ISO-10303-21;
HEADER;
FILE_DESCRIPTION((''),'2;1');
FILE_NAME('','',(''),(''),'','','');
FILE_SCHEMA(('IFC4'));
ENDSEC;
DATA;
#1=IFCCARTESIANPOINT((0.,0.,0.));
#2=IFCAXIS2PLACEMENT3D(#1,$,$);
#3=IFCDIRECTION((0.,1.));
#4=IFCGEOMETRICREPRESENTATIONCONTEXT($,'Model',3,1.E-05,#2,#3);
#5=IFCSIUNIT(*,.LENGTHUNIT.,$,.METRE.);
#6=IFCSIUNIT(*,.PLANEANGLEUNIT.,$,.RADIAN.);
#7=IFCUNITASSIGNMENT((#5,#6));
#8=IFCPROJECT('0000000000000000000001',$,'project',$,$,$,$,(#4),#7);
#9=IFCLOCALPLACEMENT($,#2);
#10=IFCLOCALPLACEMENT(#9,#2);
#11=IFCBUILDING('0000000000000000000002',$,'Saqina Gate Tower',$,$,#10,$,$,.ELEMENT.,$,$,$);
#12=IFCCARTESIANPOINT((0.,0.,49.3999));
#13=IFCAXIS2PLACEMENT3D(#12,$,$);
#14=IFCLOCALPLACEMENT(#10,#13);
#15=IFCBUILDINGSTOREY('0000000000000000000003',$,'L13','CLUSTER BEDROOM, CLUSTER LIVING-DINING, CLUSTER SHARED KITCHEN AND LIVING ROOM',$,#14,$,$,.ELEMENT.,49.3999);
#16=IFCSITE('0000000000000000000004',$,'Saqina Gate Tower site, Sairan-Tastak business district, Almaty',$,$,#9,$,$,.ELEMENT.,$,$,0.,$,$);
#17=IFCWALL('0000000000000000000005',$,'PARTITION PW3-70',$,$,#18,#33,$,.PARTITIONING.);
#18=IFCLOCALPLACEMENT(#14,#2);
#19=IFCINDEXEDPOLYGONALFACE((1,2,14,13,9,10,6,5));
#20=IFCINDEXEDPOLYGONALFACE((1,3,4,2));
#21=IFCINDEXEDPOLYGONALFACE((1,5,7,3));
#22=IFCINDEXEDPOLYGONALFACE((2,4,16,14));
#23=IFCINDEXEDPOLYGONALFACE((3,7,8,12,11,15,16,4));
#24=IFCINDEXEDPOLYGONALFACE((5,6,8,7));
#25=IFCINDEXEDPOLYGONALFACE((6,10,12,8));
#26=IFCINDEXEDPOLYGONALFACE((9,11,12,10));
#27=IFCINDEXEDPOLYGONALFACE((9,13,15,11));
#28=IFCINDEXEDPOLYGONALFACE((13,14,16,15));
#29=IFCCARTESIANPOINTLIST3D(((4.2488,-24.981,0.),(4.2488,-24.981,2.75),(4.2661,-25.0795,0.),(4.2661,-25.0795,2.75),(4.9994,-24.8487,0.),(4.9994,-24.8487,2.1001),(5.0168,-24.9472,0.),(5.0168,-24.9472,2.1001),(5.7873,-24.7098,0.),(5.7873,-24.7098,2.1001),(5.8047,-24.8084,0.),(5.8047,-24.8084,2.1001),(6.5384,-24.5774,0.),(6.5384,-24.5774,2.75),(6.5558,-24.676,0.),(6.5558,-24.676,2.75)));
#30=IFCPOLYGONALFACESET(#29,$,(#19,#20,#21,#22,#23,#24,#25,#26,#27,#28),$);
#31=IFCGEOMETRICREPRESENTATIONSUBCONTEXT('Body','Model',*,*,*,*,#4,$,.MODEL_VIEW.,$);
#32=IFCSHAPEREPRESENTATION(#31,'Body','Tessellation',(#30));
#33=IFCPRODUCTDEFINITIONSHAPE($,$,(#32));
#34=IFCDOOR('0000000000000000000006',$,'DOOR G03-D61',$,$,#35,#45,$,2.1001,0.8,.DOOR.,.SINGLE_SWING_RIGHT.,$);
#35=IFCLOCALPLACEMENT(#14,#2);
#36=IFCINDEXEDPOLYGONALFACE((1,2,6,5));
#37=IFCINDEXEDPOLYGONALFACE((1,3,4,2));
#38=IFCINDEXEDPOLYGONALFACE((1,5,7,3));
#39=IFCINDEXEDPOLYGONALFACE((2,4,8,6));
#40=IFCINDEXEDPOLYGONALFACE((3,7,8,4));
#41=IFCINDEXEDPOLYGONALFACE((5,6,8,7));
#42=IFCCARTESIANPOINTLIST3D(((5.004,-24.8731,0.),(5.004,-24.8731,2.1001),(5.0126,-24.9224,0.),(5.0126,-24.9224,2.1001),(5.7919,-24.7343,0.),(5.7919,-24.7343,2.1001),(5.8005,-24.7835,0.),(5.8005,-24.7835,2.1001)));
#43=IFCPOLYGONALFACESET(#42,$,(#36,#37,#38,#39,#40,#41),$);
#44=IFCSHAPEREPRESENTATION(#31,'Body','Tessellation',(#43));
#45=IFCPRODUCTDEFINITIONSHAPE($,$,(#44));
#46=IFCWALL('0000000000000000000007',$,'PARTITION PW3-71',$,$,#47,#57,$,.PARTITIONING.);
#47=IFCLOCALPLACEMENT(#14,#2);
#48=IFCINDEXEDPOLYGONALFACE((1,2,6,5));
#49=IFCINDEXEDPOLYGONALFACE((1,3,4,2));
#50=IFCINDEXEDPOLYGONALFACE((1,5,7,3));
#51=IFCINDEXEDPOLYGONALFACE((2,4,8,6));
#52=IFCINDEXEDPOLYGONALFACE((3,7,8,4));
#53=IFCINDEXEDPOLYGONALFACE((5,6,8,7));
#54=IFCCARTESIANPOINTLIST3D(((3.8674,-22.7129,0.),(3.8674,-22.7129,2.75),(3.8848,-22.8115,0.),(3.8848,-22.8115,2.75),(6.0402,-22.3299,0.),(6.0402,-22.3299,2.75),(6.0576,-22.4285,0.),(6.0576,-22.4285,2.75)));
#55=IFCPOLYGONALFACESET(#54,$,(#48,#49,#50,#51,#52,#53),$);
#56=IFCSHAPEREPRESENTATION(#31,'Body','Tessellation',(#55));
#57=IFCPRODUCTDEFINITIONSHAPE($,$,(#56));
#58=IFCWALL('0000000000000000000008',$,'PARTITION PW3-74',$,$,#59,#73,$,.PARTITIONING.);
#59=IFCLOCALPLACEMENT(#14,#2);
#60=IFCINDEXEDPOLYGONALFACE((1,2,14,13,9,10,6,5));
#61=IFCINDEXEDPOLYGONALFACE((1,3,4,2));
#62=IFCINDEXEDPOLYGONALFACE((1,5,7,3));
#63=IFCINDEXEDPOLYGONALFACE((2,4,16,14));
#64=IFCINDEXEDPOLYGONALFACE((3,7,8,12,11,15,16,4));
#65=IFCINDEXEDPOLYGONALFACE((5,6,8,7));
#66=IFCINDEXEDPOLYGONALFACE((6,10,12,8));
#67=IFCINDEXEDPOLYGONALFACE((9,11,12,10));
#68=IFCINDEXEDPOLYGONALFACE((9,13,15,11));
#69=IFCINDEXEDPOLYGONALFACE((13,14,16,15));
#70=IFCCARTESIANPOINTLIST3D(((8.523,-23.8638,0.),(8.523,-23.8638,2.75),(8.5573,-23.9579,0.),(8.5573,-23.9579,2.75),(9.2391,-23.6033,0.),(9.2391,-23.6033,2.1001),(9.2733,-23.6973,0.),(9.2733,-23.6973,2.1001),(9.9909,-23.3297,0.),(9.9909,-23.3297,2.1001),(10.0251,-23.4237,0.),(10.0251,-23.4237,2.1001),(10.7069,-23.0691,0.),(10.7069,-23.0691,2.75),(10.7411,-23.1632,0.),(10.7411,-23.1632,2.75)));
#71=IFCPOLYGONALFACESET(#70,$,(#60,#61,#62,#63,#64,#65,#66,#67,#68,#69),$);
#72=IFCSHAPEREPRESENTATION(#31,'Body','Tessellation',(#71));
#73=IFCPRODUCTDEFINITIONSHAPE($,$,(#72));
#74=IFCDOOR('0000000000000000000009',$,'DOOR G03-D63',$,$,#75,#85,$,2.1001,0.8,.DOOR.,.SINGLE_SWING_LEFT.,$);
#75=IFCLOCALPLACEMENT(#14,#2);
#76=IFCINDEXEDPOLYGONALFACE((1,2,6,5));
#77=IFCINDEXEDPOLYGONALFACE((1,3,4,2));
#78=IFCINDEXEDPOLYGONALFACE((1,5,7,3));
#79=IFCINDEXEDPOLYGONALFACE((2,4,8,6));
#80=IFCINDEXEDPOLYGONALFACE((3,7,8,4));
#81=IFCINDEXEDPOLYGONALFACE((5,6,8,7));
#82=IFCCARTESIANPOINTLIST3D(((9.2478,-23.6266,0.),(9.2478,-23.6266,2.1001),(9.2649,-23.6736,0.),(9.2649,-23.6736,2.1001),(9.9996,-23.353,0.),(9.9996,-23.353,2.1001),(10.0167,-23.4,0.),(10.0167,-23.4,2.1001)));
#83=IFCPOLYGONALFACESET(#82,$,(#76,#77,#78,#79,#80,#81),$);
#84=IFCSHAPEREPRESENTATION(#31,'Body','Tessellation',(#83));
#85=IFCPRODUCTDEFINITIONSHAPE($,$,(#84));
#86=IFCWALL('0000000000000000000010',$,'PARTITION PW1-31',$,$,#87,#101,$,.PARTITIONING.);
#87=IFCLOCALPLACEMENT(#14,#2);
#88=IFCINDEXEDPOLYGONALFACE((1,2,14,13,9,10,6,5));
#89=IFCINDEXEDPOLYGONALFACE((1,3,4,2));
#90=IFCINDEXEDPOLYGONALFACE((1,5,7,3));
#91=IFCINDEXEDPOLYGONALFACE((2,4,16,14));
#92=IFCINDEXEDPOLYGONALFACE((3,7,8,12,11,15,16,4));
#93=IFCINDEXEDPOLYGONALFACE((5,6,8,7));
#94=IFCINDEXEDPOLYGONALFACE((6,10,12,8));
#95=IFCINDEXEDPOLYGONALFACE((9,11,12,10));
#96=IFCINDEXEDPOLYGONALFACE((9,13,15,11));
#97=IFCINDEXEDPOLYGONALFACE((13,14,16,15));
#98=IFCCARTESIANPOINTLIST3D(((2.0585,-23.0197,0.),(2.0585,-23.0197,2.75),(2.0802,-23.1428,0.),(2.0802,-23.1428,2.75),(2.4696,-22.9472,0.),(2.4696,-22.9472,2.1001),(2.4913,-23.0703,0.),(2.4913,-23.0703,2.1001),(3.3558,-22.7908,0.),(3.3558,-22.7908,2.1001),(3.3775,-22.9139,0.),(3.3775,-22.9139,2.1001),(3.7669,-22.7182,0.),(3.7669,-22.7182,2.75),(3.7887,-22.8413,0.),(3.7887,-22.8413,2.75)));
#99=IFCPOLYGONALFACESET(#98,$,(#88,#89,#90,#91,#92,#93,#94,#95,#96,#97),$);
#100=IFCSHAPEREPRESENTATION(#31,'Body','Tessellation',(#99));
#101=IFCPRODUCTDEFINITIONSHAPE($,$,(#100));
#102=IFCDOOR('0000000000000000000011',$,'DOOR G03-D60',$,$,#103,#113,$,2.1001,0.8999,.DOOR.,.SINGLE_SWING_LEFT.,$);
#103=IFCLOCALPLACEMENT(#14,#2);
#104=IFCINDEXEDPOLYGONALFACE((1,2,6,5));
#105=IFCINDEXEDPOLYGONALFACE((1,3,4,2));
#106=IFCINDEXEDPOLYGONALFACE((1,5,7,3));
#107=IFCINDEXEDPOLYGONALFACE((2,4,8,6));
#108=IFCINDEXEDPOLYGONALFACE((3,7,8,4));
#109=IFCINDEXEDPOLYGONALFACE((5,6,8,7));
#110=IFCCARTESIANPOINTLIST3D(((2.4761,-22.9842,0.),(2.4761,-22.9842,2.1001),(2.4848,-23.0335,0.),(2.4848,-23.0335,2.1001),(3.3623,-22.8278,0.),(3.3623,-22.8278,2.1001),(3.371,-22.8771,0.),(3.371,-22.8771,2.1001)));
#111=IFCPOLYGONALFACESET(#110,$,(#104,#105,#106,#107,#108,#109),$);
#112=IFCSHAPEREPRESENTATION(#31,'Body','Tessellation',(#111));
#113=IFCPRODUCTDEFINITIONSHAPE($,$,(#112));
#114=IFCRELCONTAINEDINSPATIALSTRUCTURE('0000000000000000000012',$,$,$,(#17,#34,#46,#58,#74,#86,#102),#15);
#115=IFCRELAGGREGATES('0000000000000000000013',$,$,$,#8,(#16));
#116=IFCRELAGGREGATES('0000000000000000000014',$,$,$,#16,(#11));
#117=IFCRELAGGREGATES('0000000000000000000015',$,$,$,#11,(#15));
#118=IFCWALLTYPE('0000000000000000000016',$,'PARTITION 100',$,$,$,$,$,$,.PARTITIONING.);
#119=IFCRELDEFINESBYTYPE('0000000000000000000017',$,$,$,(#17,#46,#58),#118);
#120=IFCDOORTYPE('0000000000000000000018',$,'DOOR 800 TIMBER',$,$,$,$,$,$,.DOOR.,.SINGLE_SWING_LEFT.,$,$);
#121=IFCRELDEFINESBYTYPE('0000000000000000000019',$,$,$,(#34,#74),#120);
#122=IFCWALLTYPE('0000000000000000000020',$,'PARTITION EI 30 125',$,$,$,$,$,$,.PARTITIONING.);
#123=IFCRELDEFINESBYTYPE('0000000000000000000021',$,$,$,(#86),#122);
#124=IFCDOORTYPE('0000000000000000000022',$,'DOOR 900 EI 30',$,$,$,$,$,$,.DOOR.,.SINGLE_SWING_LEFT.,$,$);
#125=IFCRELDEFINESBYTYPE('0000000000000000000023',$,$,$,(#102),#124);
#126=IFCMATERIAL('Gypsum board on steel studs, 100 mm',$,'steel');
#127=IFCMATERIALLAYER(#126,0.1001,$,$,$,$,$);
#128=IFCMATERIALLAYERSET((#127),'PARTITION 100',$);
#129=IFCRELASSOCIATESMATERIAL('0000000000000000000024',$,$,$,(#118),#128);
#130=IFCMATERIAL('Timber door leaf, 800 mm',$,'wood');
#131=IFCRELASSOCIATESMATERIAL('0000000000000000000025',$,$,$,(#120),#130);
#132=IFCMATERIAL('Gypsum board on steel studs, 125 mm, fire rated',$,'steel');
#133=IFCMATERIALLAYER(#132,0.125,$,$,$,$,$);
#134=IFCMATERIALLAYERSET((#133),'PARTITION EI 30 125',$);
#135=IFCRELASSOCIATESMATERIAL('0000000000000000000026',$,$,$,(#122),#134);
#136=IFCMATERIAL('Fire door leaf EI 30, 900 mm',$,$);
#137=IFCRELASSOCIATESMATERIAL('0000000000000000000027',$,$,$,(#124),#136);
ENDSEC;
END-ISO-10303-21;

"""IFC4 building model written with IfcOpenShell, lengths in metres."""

from ifc_helpers import new_model, si_unit, direction, frame, frame_2d, origin, place, context, subcontext, project, spatial, rectangle, extrude, material, layer, layer_set, type_object, element, fill, save


model = new_model("IFC4")

# Units and contexts
model_context = context("Model", 3, precision=1e-05, world=origin(), true_north=direction((0.0, 1.0)))
body_context = subcontext(model_context, "Body", "Model", "MODEL_VIEW")
ifc_project = project(units=[si_unit("LENGTHUNIT", "METRE"), si_unit("PLANEANGLEUNIT", "RADIAN")], contexts=[model_context])

# Site, building, storey
site_placement = place(None, origin())
site = spatial("IfcSite", under=ifc_project, at=site_placement, Name="Saqina Gate Tower site, Sairan-Tastak business district, Almaty", CompositionType="ELEMENT", RefElevation=0.0)
building_placement = place(site_placement, origin())
building = spatial("IfcBuilding", under=site, at=building_placement, Name="Saqina Gate Tower", CompositionType="ELEMENT")
storey_placement = place(building_placement, frame((0.0, 0.0, 49.3999)))
storey = spatial("IfcBuildingStorey", under=building, at=storey_placement, Name="L13", Description="CLUSTER BEDROOM, CLUSTER LIVING-DINING, CLUSTER SHARED KITCHEN AND LIVING ROOM", CompositionType="ELEMENT", Elevation=49.3999)

# Shared definitions
ifc_material_1 = material(Name="Gypsum board on steel studs, 100 mm", Category="steel")
ifc_layer_1 = layer(ifc_material_1, 0.1001)
ifc_layer_set_1 = layer_set([ifc_layer_1], Name="PARTITION 100")
wall_type_1 = type_object("IfcWallType", Name="PARTITION 100", PredefinedType="PARTITIONING", material=ifc_layer_set_1)

# Wall, opening, door
wall_1_placement = place(storey_placement, frame((4.2573, -25.0303, 0.0), z_axis=(0.0, 0.0, 1.0), x_axis=(0.984818, 0.173588, 0.0)))
wall_1 = element("IfcWall", 1, at=wall_1_placement, inside=storey, type_object=wall_type_1, Name="PARTITION PW3-70", PredefinedType="PARTITIONING", context=body_context, shape_type="SweptSolid", body=[
    extrude(rectangle(XDim=2.325, YDim=0.1001, at=frame_2d((1.1626, 0.0))), origin(), (0.0, 0.0, 1.0), 2.75),
])
opening_1_placement = place(wall_1_placement, frame((0.7625, 0.0, 0.0)))
opening_1 = element("IfcOpeningElement", 2, at=opening_1_placement, cuts=wall_1, PredefinedType="OPENING", context=body_context, shape_type="SweptSolid", body=[
    extrude(rectangle(XDim=0.8, YDim=2.1001, at=frame_2d((0.3999, 1.05))), frame((0.0, 0.062, 0.0), z_axis=(0.0, -1.0, 0.0), x_axis=(1.0, 0.0, 0.0)), (0.0, 0.0, 1.0), 0.124),
])
ifc_material_2 = material(Name="Timber door leaf, 800 mm", Category="wood")
door_type_1 = type_object("IfcDoorType", Name="DOOR 800 TIMBER", OperationType="SINGLE_SWING_LEFT", PredefinedType="DOOR", material=ifc_material_2)
door_1_placement = place(opening_1_placement, frame((0.8, 0.0, 0.0), z_axis=(0.0, 0.0, 1.0), x_axis=(-1.0, 0.0, 0.0)))
door_1 = element("IfcDoor", 3, at=door_1_placement, inside=storey, type_object=door_type_1, Name="DOOR G03-D61", OperationType="SINGLE_SWING_RIGHT", OverallHeight=2.1001, OverallWidth=0.8, PredefinedType="DOOR", context=body_context, shape_type="SweptSolid", body=[
    extrude(rectangle(XDim=0.8, YDim=2.1001, at=frame_2d((0.3999, 1.05))), frame((0.0, 0.0249, 0.0), z_axis=(0.0, -1.0, 0.0), x_axis=(1.0, 0.0, 0.0)), (0.0, 0.0, 1.0), 0.05),
])
fill(opening_1, door_1)

# Wall
wall_2_placement = place(storey_placement, frame((3.8762, -22.7622, 0.0), z_axis=(0.0, 0.0, 1.0), x_axis=(0.984814, 0.173615, 0.0)))
element("IfcWall", 4, at=wall_2_placement, inside=storey, type_object=wall_type_1, Name="PARTITION PW3-71", PredefinedType="PARTITIONING", context=body_context, shape_type="SweptSolid", body=[
    extrude(rectangle(XDim=2.2063, YDim=0.1001, at=frame_2d((1.103, 0.0))), origin(), (0.0, 0.0, 1.0), 2.75),
])

# Walls, openings, doors
wall_3_placement = place(storey_placement, frame((8.54, -23.9109, 0.0), z_axis=(0.0, 0.0, 1.0), x_axis=(0.939717, 0.341954, 0.0)))
wall_3 = element("IfcWall", 5, at=wall_3_placement, inside=storey, type_object=wall_type_1, Name="PARTITION PW3-74", PredefinedType="PARTITIONING", context=body_context, shape_type="SweptSolid", body=[
    extrude(rectangle(XDim=2.324, YDim=0.1001, at=frame_2d((1.1621, 0.0))), origin(), (0.0, 0.0, 1.0), 2.75),
])
opening_2_placement = place(wall_3_placement, frame((0.7622, 0.0, 0.0)))
opening_2 = element("IfcOpeningElement", 6, at=opening_2_placement, cuts=wall_3, PredefinedType="OPENING", context=body_context, shape_type="SweptSolid", body=[
    extrude(rectangle(XDim=0.8, YDim=2.1001, at=frame_2d((0.3999, 1.05))), frame((0.0, 0.062, 0.0), z_axis=(0.0, -1.0, 0.0), x_axis=(1.0, 0.0, 0.0)), (0.0, 0.0, 1.0), 0.124),
])
door_2_placement = place(opening_2_placement, frame((0.8, 0.0, 0.0), z_axis=(0.0, 0.0, 1.0), x_axis=(-1.0, 0.0, 0.0)))
door_2 = element("IfcDoor", 7, at=door_2_placement, inside=storey, type_object=door_type_1, Name="DOOR G03-D63", OperationType="SINGLE_SWING_LEFT", OverallHeight=2.1001, OverallWidth=0.8, PredefinedType="DOOR", context=body_context, shape_type="SweptSolid", body=[
    extrude(rectangle(XDim=0.8, YDim=2.1001, at=frame_2d((0.3999, 1.05))), frame((0.0, 0.0249, 0.0), z_axis=(0.0, -1.0, 0.0), x_axis=(1.0, 0.0, 0.0)), (0.0, 0.0, 1.0), 0.05),
])
fill(opening_2, door_2)
ifc_material_3 = material(Name="Gypsum board on steel studs, 125 mm, fire rated", Category="steel")
ifc_layer_2 = layer(ifc_material_3, 0.125)
ifc_layer_set_2 = layer_set([ifc_layer_2], Name="PARTITION EI 30 125")
wall_type_2 = type_object("IfcWallType", Name="PARTITION EI 30 125", PredefinedType="PARTITIONING", material=ifc_layer_set_2)
wall_4_placement = place(storey_placement, frame((2.0693, -23.0813, 0.0), z_axis=(0.0, 0.0, 1.0), x_axis=(0.984782, 0.173793, 0.0)))
wall_4 = element("IfcWall", 8, at=wall_4_placement, inside=storey, type_object=wall_type_2, Name="PARTITION PW1-31", PredefinedType="PARTITIONING", context=body_context, shape_type="SweptSolid", body=[
    extrude(rectangle(XDim=1.7349, YDim=0.125, at=frame_2d((0.8674, 0.0))), origin(), (0.0, 0.0, 1.0), 2.75),
])
opening_3_placement = place(wall_4_placement, frame((0.4175, 0.0, 0.0)))
opening_3 = element("IfcOpeningElement", 9, at=opening_3_placement, cuts=wall_4, PredefinedType="OPENING", context=body_context, shape_type="SweptSolid", body=[
    extrude(rectangle(XDim=0.8999, YDim=2.1001, at=frame_2d((0.45, 1.05))), frame((0.0, 0.0745, 0.0), z_axis=(0.0, -1.0, 0.0), x_axis=(1.0, 0.0, 0.0)), (0.0, 0.0, 1.0), 0.1489),
])
ifc_material_4 = material(Name="Fire door leaf EI 30, 900 mm")
door_type_2 = type_object("IfcDoorType", Name="DOOR 900 EI 30", OperationType="SINGLE_SWING_LEFT", PredefinedType="DOOR", material=ifc_material_4)
door_3_placement = place(opening_3_placement, origin())
door_3 = element("IfcDoor", 10, at=door_3_placement, inside=storey, type_object=door_type_2, Name="DOOR G03-D60", OperationType="SINGLE_SWING_LEFT", OverallHeight=2.1001, OverallWidth=0.8999, PredefinedType="DOOR", context=body_context, shape_type="SweptSolid", body=[
    extrude(rectangle(XDim=0.8999, YDim=2.1001, at=frame_2d((0.45, 1.05))), frame((0.0, 0.0249, 0.0), z_axis=(0.0, -1.0, 0.0), x_axis=(1.0, 0.0, 0.0)), (0.0, 0.0, 1.0), 0.05),
])
fill(opening_3, door_3)

save(model, "model.ifc")
